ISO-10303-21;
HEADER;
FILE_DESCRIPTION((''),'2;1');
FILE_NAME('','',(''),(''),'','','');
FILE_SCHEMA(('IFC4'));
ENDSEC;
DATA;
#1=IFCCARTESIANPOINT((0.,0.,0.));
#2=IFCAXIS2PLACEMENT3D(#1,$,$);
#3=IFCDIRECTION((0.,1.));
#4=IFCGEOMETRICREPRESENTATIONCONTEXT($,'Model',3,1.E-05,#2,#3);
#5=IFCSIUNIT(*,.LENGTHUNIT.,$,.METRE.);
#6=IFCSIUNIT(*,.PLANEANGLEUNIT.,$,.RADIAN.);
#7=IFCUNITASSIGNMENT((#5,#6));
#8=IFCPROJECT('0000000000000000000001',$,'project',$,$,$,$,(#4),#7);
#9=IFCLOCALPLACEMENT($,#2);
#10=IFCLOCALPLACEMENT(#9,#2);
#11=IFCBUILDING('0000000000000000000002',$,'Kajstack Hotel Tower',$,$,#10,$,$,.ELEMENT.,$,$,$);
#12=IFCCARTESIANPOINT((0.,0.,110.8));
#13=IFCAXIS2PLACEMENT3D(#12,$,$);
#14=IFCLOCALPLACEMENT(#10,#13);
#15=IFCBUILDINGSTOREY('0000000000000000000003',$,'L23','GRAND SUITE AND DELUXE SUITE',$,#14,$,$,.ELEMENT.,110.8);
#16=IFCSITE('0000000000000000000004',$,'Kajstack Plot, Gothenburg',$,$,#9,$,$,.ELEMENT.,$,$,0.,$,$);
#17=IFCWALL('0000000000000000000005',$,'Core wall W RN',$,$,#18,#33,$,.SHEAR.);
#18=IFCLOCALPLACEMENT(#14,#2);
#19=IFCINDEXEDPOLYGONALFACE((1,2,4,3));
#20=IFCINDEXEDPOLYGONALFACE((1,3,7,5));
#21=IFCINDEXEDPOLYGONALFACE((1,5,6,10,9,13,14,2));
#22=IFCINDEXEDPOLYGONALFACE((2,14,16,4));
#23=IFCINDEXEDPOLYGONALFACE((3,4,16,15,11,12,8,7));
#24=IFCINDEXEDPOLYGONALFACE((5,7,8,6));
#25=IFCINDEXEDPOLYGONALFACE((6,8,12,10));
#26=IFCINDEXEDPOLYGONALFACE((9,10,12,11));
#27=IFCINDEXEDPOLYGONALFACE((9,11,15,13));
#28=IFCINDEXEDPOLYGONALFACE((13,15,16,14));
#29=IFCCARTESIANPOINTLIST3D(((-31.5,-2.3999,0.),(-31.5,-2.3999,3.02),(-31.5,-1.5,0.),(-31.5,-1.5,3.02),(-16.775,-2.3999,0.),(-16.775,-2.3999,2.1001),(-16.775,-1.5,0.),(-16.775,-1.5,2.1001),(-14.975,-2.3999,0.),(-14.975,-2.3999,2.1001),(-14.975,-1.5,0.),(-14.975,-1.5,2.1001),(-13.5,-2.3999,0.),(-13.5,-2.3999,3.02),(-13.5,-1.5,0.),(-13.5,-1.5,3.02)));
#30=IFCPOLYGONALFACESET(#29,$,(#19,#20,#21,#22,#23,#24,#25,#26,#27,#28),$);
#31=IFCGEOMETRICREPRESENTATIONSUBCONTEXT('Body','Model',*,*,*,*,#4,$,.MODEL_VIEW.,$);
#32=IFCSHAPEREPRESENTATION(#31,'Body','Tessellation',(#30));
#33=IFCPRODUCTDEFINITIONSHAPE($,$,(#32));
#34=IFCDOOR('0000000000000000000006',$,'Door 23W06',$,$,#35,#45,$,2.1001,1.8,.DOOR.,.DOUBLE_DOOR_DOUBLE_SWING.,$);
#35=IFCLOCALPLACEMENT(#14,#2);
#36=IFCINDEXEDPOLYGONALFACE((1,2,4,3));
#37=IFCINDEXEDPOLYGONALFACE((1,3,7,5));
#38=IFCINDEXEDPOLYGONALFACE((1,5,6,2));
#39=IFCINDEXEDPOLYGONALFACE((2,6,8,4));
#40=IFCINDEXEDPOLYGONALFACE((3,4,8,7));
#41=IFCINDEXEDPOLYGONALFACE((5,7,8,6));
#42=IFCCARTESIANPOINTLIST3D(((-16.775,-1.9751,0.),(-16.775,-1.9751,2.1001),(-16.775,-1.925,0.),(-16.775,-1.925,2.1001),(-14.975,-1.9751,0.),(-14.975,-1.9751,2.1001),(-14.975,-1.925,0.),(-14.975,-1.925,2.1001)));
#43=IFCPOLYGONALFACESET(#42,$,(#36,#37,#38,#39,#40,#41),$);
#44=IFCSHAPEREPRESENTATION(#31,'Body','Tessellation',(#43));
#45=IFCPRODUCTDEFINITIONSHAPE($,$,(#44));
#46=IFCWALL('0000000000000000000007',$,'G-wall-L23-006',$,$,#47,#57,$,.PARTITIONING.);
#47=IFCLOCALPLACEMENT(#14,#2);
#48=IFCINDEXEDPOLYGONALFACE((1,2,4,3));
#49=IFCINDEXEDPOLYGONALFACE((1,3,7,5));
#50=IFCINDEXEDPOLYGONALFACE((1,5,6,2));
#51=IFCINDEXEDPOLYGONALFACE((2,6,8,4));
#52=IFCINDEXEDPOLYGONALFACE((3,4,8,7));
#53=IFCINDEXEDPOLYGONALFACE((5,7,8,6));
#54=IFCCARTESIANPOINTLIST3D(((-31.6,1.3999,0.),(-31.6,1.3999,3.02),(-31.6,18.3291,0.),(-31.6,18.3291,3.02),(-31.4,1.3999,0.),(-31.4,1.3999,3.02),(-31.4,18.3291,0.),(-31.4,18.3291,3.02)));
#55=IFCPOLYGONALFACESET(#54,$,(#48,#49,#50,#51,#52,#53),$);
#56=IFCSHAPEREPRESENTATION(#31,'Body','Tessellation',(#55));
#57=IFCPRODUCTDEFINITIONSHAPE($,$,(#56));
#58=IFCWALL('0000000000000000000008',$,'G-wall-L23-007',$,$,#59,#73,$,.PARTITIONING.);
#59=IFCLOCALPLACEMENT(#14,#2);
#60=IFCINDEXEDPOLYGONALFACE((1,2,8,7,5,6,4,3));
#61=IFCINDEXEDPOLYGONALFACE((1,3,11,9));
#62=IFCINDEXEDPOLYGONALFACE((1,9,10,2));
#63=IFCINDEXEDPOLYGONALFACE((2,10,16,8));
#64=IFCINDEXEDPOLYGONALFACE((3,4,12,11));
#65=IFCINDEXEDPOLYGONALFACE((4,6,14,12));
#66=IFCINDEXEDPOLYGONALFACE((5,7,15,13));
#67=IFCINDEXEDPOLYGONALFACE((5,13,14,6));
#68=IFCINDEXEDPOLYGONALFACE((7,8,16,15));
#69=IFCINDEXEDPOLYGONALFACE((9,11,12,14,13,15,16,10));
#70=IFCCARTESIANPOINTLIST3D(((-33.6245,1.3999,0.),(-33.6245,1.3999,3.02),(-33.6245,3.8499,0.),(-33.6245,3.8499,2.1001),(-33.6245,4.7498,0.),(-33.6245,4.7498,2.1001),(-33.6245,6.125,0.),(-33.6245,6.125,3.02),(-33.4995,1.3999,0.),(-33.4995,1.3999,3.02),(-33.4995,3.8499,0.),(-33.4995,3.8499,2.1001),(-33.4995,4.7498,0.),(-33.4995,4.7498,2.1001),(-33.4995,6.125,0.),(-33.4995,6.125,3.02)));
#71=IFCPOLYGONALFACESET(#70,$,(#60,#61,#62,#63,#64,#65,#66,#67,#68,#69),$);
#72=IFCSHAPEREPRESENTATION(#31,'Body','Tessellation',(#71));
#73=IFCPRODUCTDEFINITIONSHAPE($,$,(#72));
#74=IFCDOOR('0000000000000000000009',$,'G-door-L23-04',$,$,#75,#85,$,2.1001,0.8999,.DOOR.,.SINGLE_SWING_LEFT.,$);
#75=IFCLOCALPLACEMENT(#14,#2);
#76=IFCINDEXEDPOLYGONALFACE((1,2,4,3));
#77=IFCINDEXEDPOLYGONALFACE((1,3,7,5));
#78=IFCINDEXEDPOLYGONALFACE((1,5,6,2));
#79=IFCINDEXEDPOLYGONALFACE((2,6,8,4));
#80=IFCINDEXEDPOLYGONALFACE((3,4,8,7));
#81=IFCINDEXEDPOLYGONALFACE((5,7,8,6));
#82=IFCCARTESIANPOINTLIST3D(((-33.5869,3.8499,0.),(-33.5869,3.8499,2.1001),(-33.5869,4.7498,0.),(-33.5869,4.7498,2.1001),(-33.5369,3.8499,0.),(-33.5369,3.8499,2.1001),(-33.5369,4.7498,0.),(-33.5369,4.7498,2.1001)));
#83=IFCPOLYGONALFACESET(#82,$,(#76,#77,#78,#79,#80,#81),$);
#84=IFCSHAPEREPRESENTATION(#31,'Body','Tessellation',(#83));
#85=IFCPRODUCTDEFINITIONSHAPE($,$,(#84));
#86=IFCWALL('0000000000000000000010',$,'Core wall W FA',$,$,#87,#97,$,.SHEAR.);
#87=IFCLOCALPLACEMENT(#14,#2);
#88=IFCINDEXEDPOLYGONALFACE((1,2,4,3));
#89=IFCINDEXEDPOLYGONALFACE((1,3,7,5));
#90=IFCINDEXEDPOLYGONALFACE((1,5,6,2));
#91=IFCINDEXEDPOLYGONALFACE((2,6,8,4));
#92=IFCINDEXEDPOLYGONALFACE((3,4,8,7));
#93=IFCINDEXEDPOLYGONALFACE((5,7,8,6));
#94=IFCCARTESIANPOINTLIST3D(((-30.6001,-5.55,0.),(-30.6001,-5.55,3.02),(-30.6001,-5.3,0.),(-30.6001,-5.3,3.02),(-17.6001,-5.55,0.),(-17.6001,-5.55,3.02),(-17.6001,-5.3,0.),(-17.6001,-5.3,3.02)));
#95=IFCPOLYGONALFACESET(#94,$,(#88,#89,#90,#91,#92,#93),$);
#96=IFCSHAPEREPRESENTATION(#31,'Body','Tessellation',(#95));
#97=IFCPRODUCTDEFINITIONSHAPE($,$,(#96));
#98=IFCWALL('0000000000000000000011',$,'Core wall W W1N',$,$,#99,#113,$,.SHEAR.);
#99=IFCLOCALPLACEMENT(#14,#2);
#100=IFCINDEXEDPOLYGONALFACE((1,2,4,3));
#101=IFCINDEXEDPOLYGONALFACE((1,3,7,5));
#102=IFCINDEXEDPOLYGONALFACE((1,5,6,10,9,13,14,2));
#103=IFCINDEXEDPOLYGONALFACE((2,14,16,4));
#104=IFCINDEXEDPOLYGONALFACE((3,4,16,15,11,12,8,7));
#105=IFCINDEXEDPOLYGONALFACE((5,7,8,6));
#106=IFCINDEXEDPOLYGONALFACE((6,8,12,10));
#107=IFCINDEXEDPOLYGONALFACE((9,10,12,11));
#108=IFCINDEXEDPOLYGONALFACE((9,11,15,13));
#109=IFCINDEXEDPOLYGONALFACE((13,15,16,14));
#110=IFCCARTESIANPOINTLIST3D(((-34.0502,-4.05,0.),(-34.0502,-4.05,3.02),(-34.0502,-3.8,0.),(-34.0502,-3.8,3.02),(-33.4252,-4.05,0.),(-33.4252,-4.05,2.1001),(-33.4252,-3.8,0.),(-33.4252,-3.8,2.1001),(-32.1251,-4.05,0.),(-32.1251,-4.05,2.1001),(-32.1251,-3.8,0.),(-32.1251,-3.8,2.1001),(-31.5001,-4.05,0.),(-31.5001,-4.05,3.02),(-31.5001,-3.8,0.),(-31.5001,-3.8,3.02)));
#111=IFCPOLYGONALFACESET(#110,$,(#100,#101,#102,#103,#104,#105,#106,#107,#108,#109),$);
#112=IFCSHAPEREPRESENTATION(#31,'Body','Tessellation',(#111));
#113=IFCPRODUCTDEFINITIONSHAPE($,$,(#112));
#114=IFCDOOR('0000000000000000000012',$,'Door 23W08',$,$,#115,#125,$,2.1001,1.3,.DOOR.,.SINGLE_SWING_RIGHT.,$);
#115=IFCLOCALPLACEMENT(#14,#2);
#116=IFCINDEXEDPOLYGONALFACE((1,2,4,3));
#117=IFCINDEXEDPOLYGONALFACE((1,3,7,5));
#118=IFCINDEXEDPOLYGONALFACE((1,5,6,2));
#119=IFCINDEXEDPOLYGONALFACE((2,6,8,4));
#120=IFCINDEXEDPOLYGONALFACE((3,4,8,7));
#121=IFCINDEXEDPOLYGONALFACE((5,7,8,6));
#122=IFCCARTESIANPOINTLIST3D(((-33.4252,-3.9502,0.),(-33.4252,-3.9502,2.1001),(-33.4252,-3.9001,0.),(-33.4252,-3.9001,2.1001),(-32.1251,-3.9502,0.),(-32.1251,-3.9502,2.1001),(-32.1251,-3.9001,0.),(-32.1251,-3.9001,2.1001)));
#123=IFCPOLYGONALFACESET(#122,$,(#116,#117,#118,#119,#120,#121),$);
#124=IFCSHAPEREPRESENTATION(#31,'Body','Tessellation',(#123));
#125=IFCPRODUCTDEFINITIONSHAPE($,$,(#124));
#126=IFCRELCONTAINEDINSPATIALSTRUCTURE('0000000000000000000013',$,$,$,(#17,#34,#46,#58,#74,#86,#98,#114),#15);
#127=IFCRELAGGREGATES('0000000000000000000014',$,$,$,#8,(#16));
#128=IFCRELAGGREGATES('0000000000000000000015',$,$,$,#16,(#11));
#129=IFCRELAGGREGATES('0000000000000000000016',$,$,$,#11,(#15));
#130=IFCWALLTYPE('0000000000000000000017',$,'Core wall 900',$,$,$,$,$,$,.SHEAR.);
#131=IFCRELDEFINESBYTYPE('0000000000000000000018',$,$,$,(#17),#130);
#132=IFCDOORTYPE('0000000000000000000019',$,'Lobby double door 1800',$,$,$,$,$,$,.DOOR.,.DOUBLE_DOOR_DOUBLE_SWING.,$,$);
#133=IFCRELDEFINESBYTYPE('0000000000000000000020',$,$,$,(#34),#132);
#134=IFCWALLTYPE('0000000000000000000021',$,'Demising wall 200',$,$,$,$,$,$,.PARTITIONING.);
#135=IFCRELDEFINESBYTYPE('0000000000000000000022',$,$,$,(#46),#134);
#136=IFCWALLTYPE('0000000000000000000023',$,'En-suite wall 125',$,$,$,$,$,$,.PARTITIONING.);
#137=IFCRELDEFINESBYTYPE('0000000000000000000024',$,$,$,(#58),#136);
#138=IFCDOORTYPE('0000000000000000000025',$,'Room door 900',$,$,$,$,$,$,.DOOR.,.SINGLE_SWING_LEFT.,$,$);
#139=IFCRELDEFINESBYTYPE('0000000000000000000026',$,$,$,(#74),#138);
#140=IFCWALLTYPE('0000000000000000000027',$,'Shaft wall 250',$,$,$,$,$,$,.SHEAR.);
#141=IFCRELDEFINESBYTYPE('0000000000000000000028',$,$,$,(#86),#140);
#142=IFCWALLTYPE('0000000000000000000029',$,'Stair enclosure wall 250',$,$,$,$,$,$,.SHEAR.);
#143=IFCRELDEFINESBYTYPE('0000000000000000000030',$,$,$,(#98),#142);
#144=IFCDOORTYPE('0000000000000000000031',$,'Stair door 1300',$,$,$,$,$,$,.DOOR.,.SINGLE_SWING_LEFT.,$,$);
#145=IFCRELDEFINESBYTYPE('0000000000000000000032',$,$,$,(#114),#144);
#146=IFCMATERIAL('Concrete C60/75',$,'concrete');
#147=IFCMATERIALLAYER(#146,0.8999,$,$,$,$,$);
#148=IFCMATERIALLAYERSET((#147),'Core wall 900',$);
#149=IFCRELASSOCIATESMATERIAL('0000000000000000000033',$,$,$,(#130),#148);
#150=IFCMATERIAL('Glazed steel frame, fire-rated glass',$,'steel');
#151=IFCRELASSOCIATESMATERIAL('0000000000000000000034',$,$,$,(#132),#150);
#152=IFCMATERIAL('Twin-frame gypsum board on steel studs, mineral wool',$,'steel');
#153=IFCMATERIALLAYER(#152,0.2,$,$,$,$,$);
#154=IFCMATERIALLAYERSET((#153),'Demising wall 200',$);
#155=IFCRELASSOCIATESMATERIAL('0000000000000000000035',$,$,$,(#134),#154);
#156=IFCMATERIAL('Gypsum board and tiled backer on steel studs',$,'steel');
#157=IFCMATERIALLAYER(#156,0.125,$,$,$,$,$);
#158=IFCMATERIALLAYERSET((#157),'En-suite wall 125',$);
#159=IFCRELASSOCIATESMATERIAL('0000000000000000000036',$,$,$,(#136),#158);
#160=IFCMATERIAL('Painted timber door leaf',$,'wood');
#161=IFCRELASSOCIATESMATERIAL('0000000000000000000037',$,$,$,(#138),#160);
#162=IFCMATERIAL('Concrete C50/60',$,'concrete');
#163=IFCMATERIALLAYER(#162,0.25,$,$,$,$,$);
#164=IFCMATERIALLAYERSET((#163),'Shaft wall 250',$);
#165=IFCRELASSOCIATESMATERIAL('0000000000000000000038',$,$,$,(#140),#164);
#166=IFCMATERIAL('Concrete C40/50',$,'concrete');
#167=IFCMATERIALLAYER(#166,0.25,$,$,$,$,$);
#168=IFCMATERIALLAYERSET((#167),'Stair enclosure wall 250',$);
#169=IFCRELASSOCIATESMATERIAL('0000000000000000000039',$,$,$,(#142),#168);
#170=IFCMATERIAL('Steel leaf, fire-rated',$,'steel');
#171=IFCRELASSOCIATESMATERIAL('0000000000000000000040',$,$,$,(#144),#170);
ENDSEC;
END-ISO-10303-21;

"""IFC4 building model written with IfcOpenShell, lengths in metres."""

from ifc_helpers import new_model, si_unit, direction, frame, frame_2d, origin, place, context, subcontext, project, spatial, rectangle, extrude, material, layer, layer_set, type_object, element, fill, save


model = new_model("IFC4")

# Units and contexts
model_context = context("Model", 3, precision=1e-05, world=origin(), true_north=direction((0.0, 1.0)))
body_context = subcontext(model_context, "Body", "Model", "MODEL_VIEW")
ifc_project = project(units=[si_unit("LENGTHUNIT", "METRE"), si_unit("PLANEANGLEUNIT", "RADIAN")], contexts=[model_context])

# Site, building, storey
site_placement = place(None, origin())
site = spatial("IfcSite", under=ifc_project, at=site_placement, Name="Kajstack Plot, Gothenburg", CompositionType="ELEMENT", RefElevation=0.0)
building_placement = place(site_placement, origin())
building = spatial("IfcBuilding", under=site, at=building_placement, Name="Kajstack Hotel Tower", CompositionType="ELEMENT")
storey_placement = place(building_placement, frame((0.0, 0.0, 110.8)))
storey = spatial("IfcBuildingStorey", under=building, at=storey_placement, Name="L23", Description="GRAND SUITE AND DELUXE SUITE", CompositionType="ELEMENT", Elevation=110.8)

# Wall, opening, door
ifc_material_1 = material(Name="Concrete C60/75", Category="concrete")
ifc_layer_1 = layer(ifc_material_1, 0.8999)
ifc_layer_set_1 = layer_set([ifc_layer_1], Name="Core wall 900")
wall_type_1 = type_object("IfcWallType", Name="Core wall 900", PredefinedType="SHEAR", material=ifc_layer_set_1)
wall_1_placement = place(storey_placement, frame((-31.5, -1.95, 0.0), z_axis=(0.0, 0.0, 1.0), x_axis=(1.0, 0.0, 0.0)))
wall_1 = element("IfcWall", 1, at=wall_1_placement, inside=storey, type_object=wall_type_1, Name="Core wall W RN", PredefinedType="SHEAR", context=body_context, shape_type="SweptSolid", body=[
    extrude(rectangle(XDim=18.0, YDim=0.8999, at=frame_2d((9.0, 0.0))), origin(), (0.0, 0.0, 1.0), 3.02),
])
opening_1_placement = place(wall_1_placement, frame((14.7251, 0.0, 0.0)))
opening_1 = element("IfcOpeningElement", 2, at=opening_1_placement, cuts=wall_1, PredefinedType="OPENING", context=body_context, shape_type="SweptSolid", body=[
    extrude(rectangle(XDim=1.8, YDim=2.1001, at=frame_2d((0.8999, 1.05))), frame((0.0, 0.46, 0.0), z_axis=(0.0, -1.0, 0.0), x_axis=(1.0, 0.0, 0.0)), (0.0, 0.0, 1.0), 0.9199),
])
ifc_material_2 = material(Name="Glazed steel frame, fire-rated glass", Category="steel")
door_type_1 = type_object("IfcDoorType", Name="Lobby double door 1800", OperationType="DOUBLE_DOOR_DOUBLE_SWING", PredefinedType="DOOR", material=ifc_material_2)
door_1_placement = place(opening_1_placement, origin())
door_1 = element("IfcDoor", 3, at=door_1_placement, inside=storey, type_object=door_type_1, Name="Door 23W06", OperationType="DOUBLE_DOOR_DOUBLE_SWING", OverallHeight=2.1001, OverallWidth=1.8, PredefinedType="DOOR", context=body_context, shape_type="SweptSolid", body=[
    extrude(rectangle(XDim=1.8, YDim=2.1001, at=frame_2d((0.8999, 1.05))), frame((0.0, 0.0249, 0.0), z_axis=(0.0, -1.0, 0.0), x_axis=(1.0, 0.0, 0.0)), (0.0, 0.0, 1.0), 0.05),
])
fill(opening_1, door_1)

# Wall
ifc_material_3 = material(Name="Twin-frame gypsum board on steel studs, mineral wool", Category="steel")
ifc_layer_2 = layer(ifc_material_3, 0.2)
ifc_layer_set_2 = layer_set([ifc_layer_2], Name="Demising wall 200")
wall_type_2 = type_object("IfcWallType", Name="Demising wall 200", PredefinedType="PARTITIONING", material=ifc_layer_set_2)
wall_2_placement = place(storey_placement, frame((-31.5, 1.3999, 0.0), z_axis=(0.0, 0.0, 1.0), x_axis=(0.0, 1.0, 0.0)))
element("IfcWall", 4, at=wall_2_placement, inside=storey, type_object=wall_type_2, Name="G-wall-L23-006", PredefinedType="PARTITIONING", context=body_context, shape_type="SweptSolid", body=[
    extrude(rectangle(XDim=16.9292, YDim=0.2, at=frame_2d((8.4646, 0.0))), origin(), (0.0, 0.0, 1.0), 3.02),
])

# Wall, opening, door
ifc_material_4 = material(Name="Gypsum board and tiled backer on steel studs", Category="steel")
ifc_layer_3 = layer(ifc_material_4, 0.125)
ifc_layer_set_3 = layer_set([ifc_layer_3], Name="En-suite wall 125")
wall_type_3 = type_object("IfcWallType", Name="En-suite wall 125", PredefinedType="PARTITIONING", material=ifc_layer_set_3)
wall_3_placement = place(storey_placement, frame((-33.562, 1.3999, 0.0), z_axis=(0.0, 0.0, 1.0), x_axis=(0.0, 1.0, 0.0)))
wall_3 = element("IfcWall", 5, at=wall_3_placement, inside=storey, type_object=wall_type_3, Name="G-wall-L23-007", PredefinedType="PARTITIONING", context=body_context, shape_type="SweptSolid", body=[
    extrude(rectangle(XDim=4.7251, YDim=0.125, at=frame_2d((2.3625, 0.0))), origin(), (0.0, 0.0, 1.0), 3.02),
])
opening_2_placement = place(wall_3_placement, frame((2.45, 0.0, 0.0)))
opening_2 = element("IfcOpeningElement", 6, at=opening_2_placement, cuts=wall_3, PredefinedType="OPENING", context=body_context, shape_type="SweptSolid", body=[
    extrude(rectangle(XDim=0.8999, YDim=2.1001, at=frame_2d((0.45, 1.05))), frame((0.0, 0.0725, 0.0), z_axis=(0.0, -1.0, 0.0), x_axis=(1.0, 0.0, 0.0)), (0.0, 0.0, 1.0), 0.145),
])
ifc_material_5 = material(Name="Painted timber door leaf", Category="wood")
door_type_2 = type_object("IfcDoorType", Name="Room door 900", OperationType="SINGLE_SWING_LEFT", PredefinedType="DOOR", material=ifc_material_5)
door_2_placement = place(opening_2_placement, origin())
door_2 = element("IfcDoor", 7, at=door_2_placement, inside=storey, type_object=door_type_2, Name="G-door-L23-04", OperationType="SINGLE_SWING_LEFT", OverallHeight=2.1001, OverallWidth=0.8999, PredefinedType="DOOR", context=body_context, shape_type="SweptSolid", body=[
    extrude(rectangle(XDim=0.8999, YDim=2.1001, at=frame_2d((0.45, 1.05))), frame((0.0, 0.0249, 0.0), z_axis=(0.0, -1.0, 0.0), x_axis=(1.0, 0.0, 0.0)), (0.0, 0.0, 1.0), 0.05),
])
fill(opening_2, door_2)

# Wall
ifc_material_6 = material(Name="Concrete C50/60", Category="concrete")
ifc_layer_4 = layer(ifc_material_6, 0.25)
ifc_layer_set_4 = layer_set([ifc_layer_4], Name="Shaft wall 250")
wall_type_4 = type_object("IfcWallType", Name="Shaft wall 250", PredefinedType="SHEAR", material=ifc_layer_set_4)
wall_4_placement = place(storey_placement, frame((-30.6001, -5.425, 0.0), z_axis=(0.0, 0.0, 1.0), x_axis=(1.0, 0.0, 0.0)))
element("IfcWall", 8, at=wall_4_placement, inside=storey, type_object=wall_type_4, Name="Core wall W FA", PredefinedType="SHEAR", context=body_context, shape_type="SweptSolid", body=[
    extrude(rectangle(XDim=13.0, YDim=0.25, at=frame_2d((6.5, 0.0))), origin(), (0.0, 0.0, 1.0), 3.02),
])

# Wall, opening, door
ifc_material_7 = material(Name="Concrete C40/50", Category="concrete")
ifc_layer_5 = layer(ifc_material_7, 0.25)
ifc_layer_set_5 = layer_set([ifc_layer_5], Name="Stair enclosure wall 250")
wall_type_5 = type_object("IfcWallType", Name="Stair enclosure wall 250", PredefinedType="SHEAR", material=ifc_layer_set_5)
wall_5_placement = place(storey_placement, frame((-34.05, -3.925, 0.0), z_axis=(0.0, 0.0, 1.0), x_axis=(1.0, 0.0, 0.0)))
wall_5 = element("IfcWall", 9, at=wall_5_placement, inside=storey, type_object=wall_type_5, Name="Core wall W W1N", PredefinedType="SHEAR", context=body_context, shape_type="SweptSolid", body=[
    extrude(rectangle(XDim=2.55, YDim=0.25, at=frame_2d((1.2749, 0.0))), origin(), (0.0, 0.0, 1.0), 3.02),
])
opening_3_placement = place(wall_5_placement, frame((0.625, 0.0, 0.0)))
opening_3 = element("IfcOpeningElement", 10, at=opening_3_placement, cuts=wall_5, PredefinedType="OPENING", context=body_context, shape_type="SweptSolid", body=[
    extrude(rectangle(XDim=1.3, YDim=2.1001, at=frame_2d((0.6499, 1.05))), frame((0.0, 0.135, 0.0), z_axis=(0.0, -1.0, 0.0), x_axis=(1.0, 0.0, 0.0)), (0.0, 0.0, 1.0), 0.27),
])
ifc_material_8 = material(Name="Steel leaf, fire-rated", Category="steel")
door_type_3 = type_object("IfcDoorType", Name="Stair door 1300", OperationType="SINGLE_SWING_LEFT", PredefinedType="DOOR", material=ifc_material_8)
door_3_placement = place(opening_3_placement, origin())
door_3 = element("IfcDoor", 11, at=door_3_placement, inside=storey, type_object=door_type_3, Name="Door 23W08", OperationType="SINGLE_SWING_RIGHT", OverallHeight=2.1001, OverallWidth=1.3, PredefinedType="DOOR", context=body_context, shape_type="SweptSolid", body=[
    extrude(rectangle(XDim=1.3, YDim=2.1001, at=frame_2d((0.6499, 1.05))), frame((0.0, 0.0249, 0.0), z_axis=(0.0, -1.0, 0.0), x_axis=(1.0, 0.0, 0.0)), (0.0, 0.0, 1.0), 0.05),
])
fill(opening_3, door_3)

save(model, "model.ifc")
